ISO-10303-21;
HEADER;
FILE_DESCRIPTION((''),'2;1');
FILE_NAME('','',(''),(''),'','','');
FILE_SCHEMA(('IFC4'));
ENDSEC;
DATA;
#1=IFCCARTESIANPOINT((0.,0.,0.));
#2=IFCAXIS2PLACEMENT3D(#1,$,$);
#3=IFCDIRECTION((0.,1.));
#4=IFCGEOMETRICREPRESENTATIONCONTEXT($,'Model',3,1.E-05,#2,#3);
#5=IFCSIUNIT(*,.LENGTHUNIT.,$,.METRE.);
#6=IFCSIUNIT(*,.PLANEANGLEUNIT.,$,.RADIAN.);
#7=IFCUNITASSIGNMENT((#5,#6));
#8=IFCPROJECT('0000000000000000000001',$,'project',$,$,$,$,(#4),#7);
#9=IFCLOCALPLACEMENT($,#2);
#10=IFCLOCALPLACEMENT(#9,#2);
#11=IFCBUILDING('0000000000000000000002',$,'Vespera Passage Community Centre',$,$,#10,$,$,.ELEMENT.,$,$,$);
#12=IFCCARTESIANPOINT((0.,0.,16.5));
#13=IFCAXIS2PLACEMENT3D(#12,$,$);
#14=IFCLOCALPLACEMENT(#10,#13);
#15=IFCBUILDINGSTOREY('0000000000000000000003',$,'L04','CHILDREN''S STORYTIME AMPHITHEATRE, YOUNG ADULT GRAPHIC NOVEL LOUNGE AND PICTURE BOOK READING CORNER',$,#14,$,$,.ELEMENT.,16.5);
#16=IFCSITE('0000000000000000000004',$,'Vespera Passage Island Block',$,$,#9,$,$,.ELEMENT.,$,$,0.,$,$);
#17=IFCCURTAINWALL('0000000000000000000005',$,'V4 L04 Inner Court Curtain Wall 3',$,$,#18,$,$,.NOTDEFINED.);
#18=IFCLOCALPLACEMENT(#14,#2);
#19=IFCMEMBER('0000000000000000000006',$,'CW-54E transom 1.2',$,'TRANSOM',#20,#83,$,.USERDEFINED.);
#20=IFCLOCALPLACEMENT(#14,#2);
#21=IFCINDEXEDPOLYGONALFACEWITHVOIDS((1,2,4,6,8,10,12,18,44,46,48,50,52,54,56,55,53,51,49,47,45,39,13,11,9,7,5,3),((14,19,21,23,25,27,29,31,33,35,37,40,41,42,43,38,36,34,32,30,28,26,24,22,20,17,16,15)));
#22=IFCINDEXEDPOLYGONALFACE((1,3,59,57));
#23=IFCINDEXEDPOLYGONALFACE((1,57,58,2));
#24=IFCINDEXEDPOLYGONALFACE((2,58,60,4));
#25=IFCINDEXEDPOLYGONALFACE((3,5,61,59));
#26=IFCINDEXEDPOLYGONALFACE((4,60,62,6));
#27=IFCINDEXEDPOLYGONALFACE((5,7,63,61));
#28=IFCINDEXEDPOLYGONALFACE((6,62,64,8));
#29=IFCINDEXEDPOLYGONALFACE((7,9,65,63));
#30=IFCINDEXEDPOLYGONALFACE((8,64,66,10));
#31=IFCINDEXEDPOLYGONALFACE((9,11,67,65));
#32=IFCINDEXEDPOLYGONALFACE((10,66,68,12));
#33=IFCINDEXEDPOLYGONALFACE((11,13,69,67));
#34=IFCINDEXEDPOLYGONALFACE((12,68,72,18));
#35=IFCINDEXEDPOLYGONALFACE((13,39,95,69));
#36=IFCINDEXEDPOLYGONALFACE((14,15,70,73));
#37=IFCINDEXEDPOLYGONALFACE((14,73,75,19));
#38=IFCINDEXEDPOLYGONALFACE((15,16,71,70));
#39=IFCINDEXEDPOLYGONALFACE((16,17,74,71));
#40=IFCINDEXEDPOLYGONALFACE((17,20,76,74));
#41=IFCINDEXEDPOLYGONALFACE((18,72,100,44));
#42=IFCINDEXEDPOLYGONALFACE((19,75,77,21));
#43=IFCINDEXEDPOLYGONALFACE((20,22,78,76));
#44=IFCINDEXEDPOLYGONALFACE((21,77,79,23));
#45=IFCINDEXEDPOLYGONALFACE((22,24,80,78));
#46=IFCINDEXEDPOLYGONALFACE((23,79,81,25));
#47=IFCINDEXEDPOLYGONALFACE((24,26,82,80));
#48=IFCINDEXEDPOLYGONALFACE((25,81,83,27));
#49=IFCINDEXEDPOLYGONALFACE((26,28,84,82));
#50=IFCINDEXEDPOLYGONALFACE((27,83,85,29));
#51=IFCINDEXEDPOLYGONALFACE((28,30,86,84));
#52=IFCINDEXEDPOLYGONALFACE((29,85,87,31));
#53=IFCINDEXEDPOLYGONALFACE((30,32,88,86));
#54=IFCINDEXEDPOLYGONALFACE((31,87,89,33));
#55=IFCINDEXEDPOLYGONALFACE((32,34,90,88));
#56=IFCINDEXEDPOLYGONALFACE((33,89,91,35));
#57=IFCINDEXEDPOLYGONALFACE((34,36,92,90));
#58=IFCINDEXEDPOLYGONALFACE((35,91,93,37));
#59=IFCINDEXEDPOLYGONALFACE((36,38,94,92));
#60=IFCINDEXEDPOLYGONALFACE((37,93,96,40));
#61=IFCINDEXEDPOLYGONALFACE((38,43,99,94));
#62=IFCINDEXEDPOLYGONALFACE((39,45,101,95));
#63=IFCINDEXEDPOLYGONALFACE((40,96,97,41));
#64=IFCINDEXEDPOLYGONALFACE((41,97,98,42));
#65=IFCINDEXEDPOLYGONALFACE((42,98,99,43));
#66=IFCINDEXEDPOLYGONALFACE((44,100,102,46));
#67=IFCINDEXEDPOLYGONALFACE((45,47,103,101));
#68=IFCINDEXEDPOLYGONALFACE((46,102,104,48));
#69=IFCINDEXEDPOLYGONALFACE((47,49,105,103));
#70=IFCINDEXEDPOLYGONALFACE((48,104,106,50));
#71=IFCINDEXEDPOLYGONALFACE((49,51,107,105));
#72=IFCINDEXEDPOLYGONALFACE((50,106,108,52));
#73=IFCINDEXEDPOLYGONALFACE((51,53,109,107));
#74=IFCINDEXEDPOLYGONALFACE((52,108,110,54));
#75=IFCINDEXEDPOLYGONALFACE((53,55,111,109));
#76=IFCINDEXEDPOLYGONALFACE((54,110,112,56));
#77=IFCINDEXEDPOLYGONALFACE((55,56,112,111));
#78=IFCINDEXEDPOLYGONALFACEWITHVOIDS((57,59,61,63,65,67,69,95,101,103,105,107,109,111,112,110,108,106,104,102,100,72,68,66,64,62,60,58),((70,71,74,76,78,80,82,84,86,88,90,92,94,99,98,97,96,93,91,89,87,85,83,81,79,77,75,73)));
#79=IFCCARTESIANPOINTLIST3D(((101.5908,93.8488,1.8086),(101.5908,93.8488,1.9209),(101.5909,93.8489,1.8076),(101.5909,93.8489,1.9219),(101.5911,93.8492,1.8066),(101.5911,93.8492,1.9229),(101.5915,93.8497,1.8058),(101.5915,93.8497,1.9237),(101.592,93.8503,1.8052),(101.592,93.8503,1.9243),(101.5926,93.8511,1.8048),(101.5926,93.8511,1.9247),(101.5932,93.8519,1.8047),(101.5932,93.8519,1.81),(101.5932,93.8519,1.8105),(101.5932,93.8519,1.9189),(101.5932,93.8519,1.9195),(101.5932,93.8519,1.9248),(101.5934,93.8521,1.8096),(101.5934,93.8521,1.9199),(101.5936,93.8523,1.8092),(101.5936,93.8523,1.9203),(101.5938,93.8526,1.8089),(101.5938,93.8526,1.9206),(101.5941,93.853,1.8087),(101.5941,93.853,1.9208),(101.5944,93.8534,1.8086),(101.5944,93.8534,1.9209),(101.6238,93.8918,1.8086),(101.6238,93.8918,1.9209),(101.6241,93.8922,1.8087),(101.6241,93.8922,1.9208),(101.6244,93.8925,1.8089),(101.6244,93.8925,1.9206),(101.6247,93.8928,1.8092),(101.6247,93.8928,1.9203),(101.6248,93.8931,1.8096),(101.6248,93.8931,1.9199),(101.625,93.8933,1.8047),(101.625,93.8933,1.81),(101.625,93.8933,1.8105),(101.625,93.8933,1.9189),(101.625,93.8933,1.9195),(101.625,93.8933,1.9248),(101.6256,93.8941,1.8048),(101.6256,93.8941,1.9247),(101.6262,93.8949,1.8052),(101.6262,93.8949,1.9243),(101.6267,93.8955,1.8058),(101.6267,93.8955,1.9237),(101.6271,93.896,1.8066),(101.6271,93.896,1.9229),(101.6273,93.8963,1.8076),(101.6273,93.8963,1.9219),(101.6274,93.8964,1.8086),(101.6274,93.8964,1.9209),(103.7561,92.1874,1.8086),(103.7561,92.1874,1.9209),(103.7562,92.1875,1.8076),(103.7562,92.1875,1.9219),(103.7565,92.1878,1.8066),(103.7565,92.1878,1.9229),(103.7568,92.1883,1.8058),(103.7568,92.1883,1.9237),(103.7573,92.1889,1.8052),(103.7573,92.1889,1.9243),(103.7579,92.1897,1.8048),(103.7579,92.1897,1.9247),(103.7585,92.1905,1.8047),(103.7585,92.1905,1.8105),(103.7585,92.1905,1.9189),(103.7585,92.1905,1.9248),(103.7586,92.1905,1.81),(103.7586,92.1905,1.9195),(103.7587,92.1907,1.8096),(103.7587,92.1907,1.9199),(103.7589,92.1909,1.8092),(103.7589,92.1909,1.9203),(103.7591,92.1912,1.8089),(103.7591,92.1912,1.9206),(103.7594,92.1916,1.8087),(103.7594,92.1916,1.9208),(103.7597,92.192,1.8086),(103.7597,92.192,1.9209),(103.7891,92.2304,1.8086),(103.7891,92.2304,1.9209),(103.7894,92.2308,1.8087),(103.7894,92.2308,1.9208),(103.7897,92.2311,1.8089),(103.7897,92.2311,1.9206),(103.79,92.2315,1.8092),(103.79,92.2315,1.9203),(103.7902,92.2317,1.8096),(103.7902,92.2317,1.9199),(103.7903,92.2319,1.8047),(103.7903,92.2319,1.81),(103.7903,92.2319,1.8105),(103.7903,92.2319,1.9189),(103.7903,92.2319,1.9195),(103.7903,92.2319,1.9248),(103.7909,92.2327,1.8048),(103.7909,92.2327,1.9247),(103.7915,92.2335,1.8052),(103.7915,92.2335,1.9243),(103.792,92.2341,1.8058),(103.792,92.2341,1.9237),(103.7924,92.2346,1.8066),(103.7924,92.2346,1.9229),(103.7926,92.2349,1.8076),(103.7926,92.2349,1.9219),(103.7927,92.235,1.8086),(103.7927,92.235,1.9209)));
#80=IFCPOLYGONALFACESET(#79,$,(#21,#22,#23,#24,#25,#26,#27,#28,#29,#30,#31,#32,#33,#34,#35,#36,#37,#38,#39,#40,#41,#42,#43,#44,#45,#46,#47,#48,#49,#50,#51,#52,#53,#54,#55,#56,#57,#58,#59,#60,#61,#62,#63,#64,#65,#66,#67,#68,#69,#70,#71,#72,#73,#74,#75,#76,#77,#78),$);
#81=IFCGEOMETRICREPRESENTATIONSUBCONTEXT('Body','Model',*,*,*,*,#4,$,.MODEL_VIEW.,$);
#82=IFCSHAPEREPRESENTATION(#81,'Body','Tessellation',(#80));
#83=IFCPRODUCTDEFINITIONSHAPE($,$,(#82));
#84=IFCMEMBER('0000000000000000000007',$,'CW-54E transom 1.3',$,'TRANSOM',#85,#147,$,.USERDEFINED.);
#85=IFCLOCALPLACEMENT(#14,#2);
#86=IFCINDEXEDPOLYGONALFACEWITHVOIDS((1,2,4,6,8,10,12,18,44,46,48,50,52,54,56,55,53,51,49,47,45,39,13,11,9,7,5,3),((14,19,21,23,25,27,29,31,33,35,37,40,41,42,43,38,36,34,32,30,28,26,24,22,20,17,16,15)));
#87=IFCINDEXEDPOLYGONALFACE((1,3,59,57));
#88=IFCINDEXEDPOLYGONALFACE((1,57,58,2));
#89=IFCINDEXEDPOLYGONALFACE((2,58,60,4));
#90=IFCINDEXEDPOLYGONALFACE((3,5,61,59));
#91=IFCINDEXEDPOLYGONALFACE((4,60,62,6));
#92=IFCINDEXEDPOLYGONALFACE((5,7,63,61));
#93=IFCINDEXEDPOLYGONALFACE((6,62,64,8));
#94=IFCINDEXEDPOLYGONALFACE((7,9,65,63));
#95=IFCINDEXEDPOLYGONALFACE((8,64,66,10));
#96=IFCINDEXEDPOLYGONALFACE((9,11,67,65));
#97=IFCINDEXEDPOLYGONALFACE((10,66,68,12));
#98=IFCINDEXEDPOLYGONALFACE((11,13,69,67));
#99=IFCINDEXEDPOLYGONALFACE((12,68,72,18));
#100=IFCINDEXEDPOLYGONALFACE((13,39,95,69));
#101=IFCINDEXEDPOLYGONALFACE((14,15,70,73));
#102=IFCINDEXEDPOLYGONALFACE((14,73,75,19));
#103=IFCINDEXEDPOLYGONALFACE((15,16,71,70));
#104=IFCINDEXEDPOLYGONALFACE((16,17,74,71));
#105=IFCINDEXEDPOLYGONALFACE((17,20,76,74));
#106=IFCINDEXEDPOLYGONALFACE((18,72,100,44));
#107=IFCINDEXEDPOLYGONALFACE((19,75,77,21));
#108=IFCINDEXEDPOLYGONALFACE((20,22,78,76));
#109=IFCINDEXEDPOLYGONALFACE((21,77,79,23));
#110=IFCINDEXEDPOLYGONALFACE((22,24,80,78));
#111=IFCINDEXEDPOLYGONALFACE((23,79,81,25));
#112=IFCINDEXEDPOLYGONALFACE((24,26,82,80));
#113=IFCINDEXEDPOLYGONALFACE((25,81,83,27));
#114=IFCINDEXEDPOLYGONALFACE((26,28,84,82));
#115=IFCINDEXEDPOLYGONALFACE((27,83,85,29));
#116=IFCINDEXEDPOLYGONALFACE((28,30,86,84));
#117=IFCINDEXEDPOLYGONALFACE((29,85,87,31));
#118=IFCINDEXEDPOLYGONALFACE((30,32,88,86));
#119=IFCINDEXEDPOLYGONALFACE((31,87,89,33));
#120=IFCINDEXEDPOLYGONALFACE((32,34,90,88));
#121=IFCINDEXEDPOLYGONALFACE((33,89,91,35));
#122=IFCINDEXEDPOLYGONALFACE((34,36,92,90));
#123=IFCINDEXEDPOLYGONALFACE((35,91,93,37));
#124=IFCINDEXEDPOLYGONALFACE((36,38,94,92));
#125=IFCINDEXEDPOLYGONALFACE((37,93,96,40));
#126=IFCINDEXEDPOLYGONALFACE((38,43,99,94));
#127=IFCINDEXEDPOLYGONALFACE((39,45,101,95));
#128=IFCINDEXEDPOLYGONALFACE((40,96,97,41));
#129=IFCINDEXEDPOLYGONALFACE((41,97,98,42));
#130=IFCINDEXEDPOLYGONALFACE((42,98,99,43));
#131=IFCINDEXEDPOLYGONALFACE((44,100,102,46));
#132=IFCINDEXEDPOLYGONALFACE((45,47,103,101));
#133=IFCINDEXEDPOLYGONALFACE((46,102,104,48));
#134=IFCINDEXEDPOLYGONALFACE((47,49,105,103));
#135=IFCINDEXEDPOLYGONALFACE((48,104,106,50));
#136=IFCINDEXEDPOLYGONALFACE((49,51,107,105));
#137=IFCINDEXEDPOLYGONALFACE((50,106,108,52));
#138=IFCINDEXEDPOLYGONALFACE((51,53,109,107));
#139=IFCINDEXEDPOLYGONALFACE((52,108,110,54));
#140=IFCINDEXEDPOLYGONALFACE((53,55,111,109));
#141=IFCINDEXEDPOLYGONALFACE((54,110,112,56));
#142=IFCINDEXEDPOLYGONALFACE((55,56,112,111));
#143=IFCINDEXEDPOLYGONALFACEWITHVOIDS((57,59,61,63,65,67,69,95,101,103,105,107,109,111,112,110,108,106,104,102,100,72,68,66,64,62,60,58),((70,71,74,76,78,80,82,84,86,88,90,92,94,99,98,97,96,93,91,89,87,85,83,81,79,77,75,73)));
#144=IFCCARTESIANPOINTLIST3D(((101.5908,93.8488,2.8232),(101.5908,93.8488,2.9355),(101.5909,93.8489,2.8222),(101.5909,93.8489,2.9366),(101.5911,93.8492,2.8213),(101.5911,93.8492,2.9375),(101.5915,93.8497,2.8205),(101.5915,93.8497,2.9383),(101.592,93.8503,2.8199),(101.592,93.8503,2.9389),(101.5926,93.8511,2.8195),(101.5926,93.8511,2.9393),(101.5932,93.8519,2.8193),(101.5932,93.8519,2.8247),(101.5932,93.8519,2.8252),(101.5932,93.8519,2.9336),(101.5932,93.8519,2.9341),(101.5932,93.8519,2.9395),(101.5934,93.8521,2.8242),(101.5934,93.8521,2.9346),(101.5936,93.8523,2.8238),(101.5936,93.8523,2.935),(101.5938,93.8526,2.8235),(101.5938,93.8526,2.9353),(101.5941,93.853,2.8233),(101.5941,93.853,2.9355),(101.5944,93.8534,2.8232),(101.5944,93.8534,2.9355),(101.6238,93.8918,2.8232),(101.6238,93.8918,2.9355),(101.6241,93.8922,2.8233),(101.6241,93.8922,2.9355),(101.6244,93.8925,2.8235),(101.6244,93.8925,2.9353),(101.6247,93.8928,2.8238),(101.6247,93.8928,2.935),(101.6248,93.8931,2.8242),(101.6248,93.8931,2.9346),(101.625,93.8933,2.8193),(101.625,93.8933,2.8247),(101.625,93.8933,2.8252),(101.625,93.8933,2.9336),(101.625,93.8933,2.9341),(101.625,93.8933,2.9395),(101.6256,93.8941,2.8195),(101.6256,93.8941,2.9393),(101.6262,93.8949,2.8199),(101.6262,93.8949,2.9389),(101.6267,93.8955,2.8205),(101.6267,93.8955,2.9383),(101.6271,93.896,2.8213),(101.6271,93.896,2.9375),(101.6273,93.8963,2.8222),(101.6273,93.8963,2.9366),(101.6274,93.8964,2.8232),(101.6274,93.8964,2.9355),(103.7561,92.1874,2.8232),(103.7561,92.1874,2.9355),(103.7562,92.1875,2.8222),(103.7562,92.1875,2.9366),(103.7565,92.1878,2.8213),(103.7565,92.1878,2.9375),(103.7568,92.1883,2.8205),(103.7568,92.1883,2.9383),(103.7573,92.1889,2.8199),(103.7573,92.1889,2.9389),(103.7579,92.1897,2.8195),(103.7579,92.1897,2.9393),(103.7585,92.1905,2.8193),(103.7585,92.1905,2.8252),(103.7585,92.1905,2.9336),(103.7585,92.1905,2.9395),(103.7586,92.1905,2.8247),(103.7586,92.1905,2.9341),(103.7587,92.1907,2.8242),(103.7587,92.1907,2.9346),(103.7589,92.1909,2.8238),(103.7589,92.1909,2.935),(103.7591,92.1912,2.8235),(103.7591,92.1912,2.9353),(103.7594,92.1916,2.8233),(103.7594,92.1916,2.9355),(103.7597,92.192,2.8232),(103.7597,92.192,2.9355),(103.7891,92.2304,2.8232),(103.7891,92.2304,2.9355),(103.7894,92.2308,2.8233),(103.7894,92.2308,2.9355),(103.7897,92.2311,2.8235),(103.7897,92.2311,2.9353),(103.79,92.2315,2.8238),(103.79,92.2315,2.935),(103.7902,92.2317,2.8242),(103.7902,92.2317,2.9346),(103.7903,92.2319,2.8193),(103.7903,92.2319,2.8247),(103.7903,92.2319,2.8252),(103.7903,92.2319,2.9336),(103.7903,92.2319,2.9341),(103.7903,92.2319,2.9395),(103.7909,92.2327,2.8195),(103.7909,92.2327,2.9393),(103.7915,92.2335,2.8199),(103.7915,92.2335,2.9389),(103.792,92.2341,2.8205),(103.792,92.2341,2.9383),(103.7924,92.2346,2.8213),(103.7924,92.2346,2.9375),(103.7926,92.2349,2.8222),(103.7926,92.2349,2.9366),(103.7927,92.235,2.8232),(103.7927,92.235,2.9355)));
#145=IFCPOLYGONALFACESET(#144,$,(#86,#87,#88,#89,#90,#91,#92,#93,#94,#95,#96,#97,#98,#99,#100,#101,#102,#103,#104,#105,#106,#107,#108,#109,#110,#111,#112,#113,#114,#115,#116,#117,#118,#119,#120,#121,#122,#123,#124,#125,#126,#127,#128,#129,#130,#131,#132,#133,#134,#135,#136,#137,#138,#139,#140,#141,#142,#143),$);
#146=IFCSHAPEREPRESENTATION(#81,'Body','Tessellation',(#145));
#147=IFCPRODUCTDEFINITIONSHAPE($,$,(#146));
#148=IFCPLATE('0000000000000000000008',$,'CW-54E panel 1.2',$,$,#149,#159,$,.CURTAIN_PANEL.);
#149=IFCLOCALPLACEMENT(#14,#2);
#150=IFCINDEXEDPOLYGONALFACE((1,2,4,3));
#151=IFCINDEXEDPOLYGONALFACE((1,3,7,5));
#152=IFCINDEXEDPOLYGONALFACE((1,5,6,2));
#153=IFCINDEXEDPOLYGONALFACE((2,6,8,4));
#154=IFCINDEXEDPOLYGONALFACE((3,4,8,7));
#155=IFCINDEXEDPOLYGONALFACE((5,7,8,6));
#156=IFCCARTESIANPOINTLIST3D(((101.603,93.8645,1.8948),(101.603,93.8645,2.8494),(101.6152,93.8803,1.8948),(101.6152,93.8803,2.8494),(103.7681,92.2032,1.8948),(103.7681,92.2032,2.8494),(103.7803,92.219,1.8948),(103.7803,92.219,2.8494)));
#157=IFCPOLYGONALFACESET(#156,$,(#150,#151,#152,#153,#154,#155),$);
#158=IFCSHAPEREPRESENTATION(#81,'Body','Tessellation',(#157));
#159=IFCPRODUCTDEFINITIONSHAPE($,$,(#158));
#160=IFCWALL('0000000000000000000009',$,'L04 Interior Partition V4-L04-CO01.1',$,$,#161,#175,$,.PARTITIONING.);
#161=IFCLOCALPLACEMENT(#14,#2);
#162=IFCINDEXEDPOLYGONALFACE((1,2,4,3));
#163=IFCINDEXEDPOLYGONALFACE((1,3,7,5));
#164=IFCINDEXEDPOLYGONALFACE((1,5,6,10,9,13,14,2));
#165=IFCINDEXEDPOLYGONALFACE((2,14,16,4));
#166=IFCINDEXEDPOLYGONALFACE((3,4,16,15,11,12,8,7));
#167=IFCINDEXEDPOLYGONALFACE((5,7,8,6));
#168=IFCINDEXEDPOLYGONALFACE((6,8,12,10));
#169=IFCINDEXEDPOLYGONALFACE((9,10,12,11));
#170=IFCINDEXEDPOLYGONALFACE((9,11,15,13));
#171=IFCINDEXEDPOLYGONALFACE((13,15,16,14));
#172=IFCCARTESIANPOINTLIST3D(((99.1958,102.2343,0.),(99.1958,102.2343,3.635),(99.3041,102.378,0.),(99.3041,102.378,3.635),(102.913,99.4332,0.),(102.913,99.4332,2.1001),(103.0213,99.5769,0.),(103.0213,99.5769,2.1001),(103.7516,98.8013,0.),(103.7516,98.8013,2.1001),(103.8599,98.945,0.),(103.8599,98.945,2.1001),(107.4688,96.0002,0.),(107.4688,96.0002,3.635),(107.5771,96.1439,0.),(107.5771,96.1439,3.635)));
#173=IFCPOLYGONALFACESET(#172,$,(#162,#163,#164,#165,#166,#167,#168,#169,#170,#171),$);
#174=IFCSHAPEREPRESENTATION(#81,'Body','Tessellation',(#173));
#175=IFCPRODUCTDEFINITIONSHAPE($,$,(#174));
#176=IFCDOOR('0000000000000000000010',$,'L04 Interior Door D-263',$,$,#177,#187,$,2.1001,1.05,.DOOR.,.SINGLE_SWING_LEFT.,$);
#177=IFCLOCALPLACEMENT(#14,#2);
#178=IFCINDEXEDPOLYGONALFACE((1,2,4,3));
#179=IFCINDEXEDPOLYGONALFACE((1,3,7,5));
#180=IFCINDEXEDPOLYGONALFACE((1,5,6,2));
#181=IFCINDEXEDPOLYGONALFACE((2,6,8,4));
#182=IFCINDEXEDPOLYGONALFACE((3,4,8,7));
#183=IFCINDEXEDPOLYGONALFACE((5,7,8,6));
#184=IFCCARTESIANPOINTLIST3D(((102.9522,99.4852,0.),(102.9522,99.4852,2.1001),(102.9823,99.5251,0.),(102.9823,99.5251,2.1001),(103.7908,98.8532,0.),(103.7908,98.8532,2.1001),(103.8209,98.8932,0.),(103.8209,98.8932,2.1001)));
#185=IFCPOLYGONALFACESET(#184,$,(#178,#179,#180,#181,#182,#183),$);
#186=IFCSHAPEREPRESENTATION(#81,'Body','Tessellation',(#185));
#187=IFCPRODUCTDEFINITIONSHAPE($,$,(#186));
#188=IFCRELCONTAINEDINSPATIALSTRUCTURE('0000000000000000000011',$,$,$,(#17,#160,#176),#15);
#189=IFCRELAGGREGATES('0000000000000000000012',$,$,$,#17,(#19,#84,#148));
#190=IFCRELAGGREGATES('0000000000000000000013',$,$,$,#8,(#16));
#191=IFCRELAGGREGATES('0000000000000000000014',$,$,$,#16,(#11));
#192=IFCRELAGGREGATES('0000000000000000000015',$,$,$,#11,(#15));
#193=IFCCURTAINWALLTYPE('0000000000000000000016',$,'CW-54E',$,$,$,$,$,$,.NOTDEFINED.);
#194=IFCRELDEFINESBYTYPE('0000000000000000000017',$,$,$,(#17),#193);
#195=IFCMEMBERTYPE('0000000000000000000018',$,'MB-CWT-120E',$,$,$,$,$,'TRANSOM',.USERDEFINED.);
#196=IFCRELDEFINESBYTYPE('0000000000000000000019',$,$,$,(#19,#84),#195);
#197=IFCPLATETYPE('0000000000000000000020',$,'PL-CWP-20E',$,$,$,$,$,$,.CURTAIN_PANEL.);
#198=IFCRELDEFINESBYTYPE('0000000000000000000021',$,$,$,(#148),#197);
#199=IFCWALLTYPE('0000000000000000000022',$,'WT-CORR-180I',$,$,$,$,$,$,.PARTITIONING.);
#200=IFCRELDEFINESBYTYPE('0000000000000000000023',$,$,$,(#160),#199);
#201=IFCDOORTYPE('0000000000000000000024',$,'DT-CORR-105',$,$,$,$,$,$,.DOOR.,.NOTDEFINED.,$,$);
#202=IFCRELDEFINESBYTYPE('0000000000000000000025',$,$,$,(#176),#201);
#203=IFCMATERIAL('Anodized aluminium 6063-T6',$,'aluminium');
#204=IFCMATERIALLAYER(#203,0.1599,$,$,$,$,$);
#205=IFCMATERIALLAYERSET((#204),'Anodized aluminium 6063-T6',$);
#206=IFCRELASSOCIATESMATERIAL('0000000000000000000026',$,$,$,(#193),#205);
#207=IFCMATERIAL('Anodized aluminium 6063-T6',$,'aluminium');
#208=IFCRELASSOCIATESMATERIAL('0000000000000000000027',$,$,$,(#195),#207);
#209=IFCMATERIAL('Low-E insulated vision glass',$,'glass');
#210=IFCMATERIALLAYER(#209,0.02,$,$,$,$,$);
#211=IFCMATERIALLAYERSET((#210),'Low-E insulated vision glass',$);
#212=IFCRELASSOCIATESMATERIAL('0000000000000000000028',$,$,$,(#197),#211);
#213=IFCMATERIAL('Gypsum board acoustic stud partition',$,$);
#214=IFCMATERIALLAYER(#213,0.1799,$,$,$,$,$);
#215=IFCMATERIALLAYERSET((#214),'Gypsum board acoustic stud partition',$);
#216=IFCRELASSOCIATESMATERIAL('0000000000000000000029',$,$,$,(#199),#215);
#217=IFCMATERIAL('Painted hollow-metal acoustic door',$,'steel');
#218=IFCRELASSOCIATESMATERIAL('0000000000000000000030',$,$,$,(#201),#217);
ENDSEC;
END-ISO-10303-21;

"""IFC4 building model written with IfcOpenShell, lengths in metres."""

from ifc_helpers import new_model, si_unit, direction, frame, frame_2d, origin, origin_2d, place, context, subcontext, project, spatial, rectangle, hollow_rectangle, extrude, material, layer, layer_set, material_profile, profile_set, type_object, element, fill, aggregate, save


model = new_model("IFC4")

# Units and contexts
model_context = context("Model", 3, precision=1e-05, world=origin(), true_north=direction((0.0, 1.0)))
body_context = subcontext(model_context, "Body", "Model", "MODEL_VIEW")
ifc_project = project(units=[si_unit("LENGTHUNIT", "METRE"), si_unit("PLANEANGLEUNIT", "RADIAN")], contexts=[model_context])

# Site, building, storey
site_placement = place(None, origin())
site = spatial("IfcSite", under=ifc_project, at=site_placement, Name="Vespera Passage Island Block", CompositionType="ELEMENT", RefElevation=0.0)
building_placement = place(site_placement, origin())
building = spatial("IfcBuilding", under=site, at=building_placement, Name="Vespera Passage Community Centre", CompositionType="ELEMENT")
storey_placement = place(building_placement, frame((0.0, 0.0, 16.5)))
storey = spatial("IfcBuildingStorey", under=building, at=storey_placement, Name="L04", Description="CHILDREN'S STORYTIME AMPHITHEATRE, YOUNG ADULT GRAPHIC NOVEL LOUNGE AND PICTURE BOOK READING CORNER", CompositionType="ELEMENT", Elevation=16.5)

# Curtain wall, members, plate
ifc_material_1 = material(Name="Anodized aluminium 6063-T6", Category="aluminium")
ifc_layer_1 = layer(ifc_material_1, 0.1599)
ifc_layer_set_1 = layer_set([ifc_layer_1], Name="Anodized aluminium 6063-T6")
curtain_wall_type = type_object("IfcCurtainWallType", Name="CW-54E", PredefinedType="NOTDEFINED", material=ifc_layer_set_1)
curtain_wall_placement = place(storey_placement, origin())
curtain_wall = element("IfcCurtainWall", 1, at=curtain_wall_placement, inside=storey, type_object=curtain_wall_type, Name="V4 L04 Inner Court Curtain Wall 3", PredefinedType="NOTDEFINED")
ifc_material_2 = material(Name="Anodized aluminium 6063-T6", Category="aluminium")
ifc_material_profile_1 = material_profile(ifc_material_2, hollow_rectangle(XDim=0.0601, YDim=0.1201, WallThickness=0.0039, InnerFilletRadius=0.002, OuterFilletRadius=0.0039, at=origin_2d()), Name="ALU120X60X4")
ifc_profile_set_1 = profile_set([ifc_material_profile_1], Name="Anodized aluminium 6063-T6")
member_type_1 = type_object("IfcMemberType", Name="MB-CWT-120E", ElementType="TRANSOM", PredefinedType="USERDEFINED", material=ifc_profile_set_1)
member_1_placement = place(storey_placement, frame((103.7744, 92.2112, 1.8647), z_axis=(-0.793372, 0.608738, 0.0), x_axis=(-0.608738, -0.793372, 0.0)))
member_1 = element("IfcMember", 2, at=member_1_placement, type_object=member_type_1, Name="CW-54E transom 1.2", ObjectType="TRANSOM", PredefinedType="USERDEFINED", context=body_context, shape_type="SweptSolid", body=[
    extrude(hollow_rectangle(XDim=0.0601, YDim=0.1201, WallThickness=0.0039, InnerFilletRadius=0.002, OuterFilletRadius=0.0039, at=origin_2d()), origin(), (0.0, 0.0, 1.0), 2.7292),
])
member_2_placement = place(storey_placement, frame((103.7744, 92.2112, 2.8794), z_axis=(-0.793372, 0.608738, 0.0), x_axis=(-0.608738, -0.793372, 0.0)))
member_2 = element("IfcMember", 3, at=member_2_placement, type_object=member_type_1, Name="CW-54E transom 1.3", ObjectType="TRANSOM", PredefinedType="USERDEFINED", context=body_context, shape_type="SweptSolid", body=[
    extrude(hollow_rectangle(XDim=0.0601, YDim=0.1201, WallThickness=0.0039, InnerFilletRadius=0.002, OuterFilletRadius=0.0039, at=origin_2d()), origin(), (0.0, 0.0, 1.0), 2.7292),
])
ifc_material_3 = material(Name="Low-E insulated vision glass", Category="glass")
ifc_layer_2 = layer(ifc_material_3, 0.02)
ifc_layer_set_2 = layer_set([ifc_layer_2], Name="Low-E insulated vision glass")
plate_type = type_object("IfcPlateType", Name="PL-CWP-20E", PredefinedType="CURTAIN_PANEL", material=ifc_layer_set_2)
plate_placement = place(storey_placement, frame((102.6917, 93.0417, 1.8948), z_axis=(0.0, 0.0, 1.0), x_axis=(-0.793358, 0.608755, 0.0)))
plate = element("IfcPlate", 4, at=plate_placement, type_object=plate_type, Name="CW-54E panel 1.2", PredefinedType="CURTAIN_PANEL", context=body_context, shape_type="SweptSolid", body=[
    extrude(rectangle(XDim=2.729, YDim=0.02, at=origin_2d()), origin(), (0.0, 0.0, 1.0), 0.9546),
])
aggregate(curtain_wall, [member_1, member_2, plate])

# Wall, opening, door
ifc_material_4 = material(Name="Gypsum board acoustic stud partition")
ifc_layer_3 = layer(ifc_material_4, 0.1799)
ifc_layer_set_3 = layer_set([ifc_layer_3], Name="Gypsum board acoustic stud partition")
wall_type_1 = type_object("IfcWallType", Name="WT-CORR-180I", PredefinedType="PARTITIONING", material=ifc_layer_set_3)
wall_1_placement = place(storey_placement, frame((107.5229, 96.072, 0.0), z_axis=(0.0, 0.0, 1.0), x_axis=(-0.798635, 0.601816, 0.0)))
wall_1 = element("IfcWall", 5, at=wall_1_placement, inside=storey, type_object=wall_type_1, Name="L04 Interior Partition V4-L04-CO01.1", PredefinedType="PARTITIONING", context=body_context, shape_type="SweptSolid", body=[
    extrude(rectangle(XDim=10.3589, YDim=0.1799, at=frame_2d((5.1794, 0.0))), origin(), (0.0, 0.0, 1.0), 3.635),
])
opening_1_placement = place(wall_1_placement, frame((4.6545, 0.0, 0.0)))
opening_1 = element("IfcOpeningElement", 6, at=opening_1_placement, cuts=wall_1, PredefinedType="OPENING", context=body_context, shape_type="SweptSolid", body=[
    extrude(rectangle(XDim=1.05, YDim=2.1001, at=frame_2d((0.5249, 1.05))), frame((0.0, 0.0999, 0.0), z_axis=(0.0, -1.0, 0.0), x_axis=(1.0, 0.0, 0.0)), (0.0, 0.0, 1.0), 0.2),
])
ifc_material_5 = material(Name="Painted hollow-metal acoustic door", Category="steel")
door_type_1 = type_object("IfcDoorType", Name="DT-CORR-105", OperationType="NOTDEFINED", PredefinedType="DOOR", material=ifc_material_5)
door_1_placement = place(opening_1_placement, origin())
door_1 = element("IfcDoor", 7, at=door_1_placement, inside=storey, type_object=door_type_1, Name="L04 Interior Door D-263", OperationType="SINGLE_SWING_LEFT", OverallHeight=2.1001, OverallWidth=1.05, PredefinedType="DOOR", context=body_context, shape_type="SweptSolid", body=[
    extrude(rectangle(XDim=1.05, YDim=2.1001, at=frame_2d((0.5249, 1.05))), frame((0.0, 0.0249, 0.0), z_axis=(0.0, -1.0, 0.0), x_axis=(1.0, 0.0, 0.0)), (0.0, 0.0, 1.0), 0.05),
])
fill(opening_1, door_1)

save(model, "model.ifc")
